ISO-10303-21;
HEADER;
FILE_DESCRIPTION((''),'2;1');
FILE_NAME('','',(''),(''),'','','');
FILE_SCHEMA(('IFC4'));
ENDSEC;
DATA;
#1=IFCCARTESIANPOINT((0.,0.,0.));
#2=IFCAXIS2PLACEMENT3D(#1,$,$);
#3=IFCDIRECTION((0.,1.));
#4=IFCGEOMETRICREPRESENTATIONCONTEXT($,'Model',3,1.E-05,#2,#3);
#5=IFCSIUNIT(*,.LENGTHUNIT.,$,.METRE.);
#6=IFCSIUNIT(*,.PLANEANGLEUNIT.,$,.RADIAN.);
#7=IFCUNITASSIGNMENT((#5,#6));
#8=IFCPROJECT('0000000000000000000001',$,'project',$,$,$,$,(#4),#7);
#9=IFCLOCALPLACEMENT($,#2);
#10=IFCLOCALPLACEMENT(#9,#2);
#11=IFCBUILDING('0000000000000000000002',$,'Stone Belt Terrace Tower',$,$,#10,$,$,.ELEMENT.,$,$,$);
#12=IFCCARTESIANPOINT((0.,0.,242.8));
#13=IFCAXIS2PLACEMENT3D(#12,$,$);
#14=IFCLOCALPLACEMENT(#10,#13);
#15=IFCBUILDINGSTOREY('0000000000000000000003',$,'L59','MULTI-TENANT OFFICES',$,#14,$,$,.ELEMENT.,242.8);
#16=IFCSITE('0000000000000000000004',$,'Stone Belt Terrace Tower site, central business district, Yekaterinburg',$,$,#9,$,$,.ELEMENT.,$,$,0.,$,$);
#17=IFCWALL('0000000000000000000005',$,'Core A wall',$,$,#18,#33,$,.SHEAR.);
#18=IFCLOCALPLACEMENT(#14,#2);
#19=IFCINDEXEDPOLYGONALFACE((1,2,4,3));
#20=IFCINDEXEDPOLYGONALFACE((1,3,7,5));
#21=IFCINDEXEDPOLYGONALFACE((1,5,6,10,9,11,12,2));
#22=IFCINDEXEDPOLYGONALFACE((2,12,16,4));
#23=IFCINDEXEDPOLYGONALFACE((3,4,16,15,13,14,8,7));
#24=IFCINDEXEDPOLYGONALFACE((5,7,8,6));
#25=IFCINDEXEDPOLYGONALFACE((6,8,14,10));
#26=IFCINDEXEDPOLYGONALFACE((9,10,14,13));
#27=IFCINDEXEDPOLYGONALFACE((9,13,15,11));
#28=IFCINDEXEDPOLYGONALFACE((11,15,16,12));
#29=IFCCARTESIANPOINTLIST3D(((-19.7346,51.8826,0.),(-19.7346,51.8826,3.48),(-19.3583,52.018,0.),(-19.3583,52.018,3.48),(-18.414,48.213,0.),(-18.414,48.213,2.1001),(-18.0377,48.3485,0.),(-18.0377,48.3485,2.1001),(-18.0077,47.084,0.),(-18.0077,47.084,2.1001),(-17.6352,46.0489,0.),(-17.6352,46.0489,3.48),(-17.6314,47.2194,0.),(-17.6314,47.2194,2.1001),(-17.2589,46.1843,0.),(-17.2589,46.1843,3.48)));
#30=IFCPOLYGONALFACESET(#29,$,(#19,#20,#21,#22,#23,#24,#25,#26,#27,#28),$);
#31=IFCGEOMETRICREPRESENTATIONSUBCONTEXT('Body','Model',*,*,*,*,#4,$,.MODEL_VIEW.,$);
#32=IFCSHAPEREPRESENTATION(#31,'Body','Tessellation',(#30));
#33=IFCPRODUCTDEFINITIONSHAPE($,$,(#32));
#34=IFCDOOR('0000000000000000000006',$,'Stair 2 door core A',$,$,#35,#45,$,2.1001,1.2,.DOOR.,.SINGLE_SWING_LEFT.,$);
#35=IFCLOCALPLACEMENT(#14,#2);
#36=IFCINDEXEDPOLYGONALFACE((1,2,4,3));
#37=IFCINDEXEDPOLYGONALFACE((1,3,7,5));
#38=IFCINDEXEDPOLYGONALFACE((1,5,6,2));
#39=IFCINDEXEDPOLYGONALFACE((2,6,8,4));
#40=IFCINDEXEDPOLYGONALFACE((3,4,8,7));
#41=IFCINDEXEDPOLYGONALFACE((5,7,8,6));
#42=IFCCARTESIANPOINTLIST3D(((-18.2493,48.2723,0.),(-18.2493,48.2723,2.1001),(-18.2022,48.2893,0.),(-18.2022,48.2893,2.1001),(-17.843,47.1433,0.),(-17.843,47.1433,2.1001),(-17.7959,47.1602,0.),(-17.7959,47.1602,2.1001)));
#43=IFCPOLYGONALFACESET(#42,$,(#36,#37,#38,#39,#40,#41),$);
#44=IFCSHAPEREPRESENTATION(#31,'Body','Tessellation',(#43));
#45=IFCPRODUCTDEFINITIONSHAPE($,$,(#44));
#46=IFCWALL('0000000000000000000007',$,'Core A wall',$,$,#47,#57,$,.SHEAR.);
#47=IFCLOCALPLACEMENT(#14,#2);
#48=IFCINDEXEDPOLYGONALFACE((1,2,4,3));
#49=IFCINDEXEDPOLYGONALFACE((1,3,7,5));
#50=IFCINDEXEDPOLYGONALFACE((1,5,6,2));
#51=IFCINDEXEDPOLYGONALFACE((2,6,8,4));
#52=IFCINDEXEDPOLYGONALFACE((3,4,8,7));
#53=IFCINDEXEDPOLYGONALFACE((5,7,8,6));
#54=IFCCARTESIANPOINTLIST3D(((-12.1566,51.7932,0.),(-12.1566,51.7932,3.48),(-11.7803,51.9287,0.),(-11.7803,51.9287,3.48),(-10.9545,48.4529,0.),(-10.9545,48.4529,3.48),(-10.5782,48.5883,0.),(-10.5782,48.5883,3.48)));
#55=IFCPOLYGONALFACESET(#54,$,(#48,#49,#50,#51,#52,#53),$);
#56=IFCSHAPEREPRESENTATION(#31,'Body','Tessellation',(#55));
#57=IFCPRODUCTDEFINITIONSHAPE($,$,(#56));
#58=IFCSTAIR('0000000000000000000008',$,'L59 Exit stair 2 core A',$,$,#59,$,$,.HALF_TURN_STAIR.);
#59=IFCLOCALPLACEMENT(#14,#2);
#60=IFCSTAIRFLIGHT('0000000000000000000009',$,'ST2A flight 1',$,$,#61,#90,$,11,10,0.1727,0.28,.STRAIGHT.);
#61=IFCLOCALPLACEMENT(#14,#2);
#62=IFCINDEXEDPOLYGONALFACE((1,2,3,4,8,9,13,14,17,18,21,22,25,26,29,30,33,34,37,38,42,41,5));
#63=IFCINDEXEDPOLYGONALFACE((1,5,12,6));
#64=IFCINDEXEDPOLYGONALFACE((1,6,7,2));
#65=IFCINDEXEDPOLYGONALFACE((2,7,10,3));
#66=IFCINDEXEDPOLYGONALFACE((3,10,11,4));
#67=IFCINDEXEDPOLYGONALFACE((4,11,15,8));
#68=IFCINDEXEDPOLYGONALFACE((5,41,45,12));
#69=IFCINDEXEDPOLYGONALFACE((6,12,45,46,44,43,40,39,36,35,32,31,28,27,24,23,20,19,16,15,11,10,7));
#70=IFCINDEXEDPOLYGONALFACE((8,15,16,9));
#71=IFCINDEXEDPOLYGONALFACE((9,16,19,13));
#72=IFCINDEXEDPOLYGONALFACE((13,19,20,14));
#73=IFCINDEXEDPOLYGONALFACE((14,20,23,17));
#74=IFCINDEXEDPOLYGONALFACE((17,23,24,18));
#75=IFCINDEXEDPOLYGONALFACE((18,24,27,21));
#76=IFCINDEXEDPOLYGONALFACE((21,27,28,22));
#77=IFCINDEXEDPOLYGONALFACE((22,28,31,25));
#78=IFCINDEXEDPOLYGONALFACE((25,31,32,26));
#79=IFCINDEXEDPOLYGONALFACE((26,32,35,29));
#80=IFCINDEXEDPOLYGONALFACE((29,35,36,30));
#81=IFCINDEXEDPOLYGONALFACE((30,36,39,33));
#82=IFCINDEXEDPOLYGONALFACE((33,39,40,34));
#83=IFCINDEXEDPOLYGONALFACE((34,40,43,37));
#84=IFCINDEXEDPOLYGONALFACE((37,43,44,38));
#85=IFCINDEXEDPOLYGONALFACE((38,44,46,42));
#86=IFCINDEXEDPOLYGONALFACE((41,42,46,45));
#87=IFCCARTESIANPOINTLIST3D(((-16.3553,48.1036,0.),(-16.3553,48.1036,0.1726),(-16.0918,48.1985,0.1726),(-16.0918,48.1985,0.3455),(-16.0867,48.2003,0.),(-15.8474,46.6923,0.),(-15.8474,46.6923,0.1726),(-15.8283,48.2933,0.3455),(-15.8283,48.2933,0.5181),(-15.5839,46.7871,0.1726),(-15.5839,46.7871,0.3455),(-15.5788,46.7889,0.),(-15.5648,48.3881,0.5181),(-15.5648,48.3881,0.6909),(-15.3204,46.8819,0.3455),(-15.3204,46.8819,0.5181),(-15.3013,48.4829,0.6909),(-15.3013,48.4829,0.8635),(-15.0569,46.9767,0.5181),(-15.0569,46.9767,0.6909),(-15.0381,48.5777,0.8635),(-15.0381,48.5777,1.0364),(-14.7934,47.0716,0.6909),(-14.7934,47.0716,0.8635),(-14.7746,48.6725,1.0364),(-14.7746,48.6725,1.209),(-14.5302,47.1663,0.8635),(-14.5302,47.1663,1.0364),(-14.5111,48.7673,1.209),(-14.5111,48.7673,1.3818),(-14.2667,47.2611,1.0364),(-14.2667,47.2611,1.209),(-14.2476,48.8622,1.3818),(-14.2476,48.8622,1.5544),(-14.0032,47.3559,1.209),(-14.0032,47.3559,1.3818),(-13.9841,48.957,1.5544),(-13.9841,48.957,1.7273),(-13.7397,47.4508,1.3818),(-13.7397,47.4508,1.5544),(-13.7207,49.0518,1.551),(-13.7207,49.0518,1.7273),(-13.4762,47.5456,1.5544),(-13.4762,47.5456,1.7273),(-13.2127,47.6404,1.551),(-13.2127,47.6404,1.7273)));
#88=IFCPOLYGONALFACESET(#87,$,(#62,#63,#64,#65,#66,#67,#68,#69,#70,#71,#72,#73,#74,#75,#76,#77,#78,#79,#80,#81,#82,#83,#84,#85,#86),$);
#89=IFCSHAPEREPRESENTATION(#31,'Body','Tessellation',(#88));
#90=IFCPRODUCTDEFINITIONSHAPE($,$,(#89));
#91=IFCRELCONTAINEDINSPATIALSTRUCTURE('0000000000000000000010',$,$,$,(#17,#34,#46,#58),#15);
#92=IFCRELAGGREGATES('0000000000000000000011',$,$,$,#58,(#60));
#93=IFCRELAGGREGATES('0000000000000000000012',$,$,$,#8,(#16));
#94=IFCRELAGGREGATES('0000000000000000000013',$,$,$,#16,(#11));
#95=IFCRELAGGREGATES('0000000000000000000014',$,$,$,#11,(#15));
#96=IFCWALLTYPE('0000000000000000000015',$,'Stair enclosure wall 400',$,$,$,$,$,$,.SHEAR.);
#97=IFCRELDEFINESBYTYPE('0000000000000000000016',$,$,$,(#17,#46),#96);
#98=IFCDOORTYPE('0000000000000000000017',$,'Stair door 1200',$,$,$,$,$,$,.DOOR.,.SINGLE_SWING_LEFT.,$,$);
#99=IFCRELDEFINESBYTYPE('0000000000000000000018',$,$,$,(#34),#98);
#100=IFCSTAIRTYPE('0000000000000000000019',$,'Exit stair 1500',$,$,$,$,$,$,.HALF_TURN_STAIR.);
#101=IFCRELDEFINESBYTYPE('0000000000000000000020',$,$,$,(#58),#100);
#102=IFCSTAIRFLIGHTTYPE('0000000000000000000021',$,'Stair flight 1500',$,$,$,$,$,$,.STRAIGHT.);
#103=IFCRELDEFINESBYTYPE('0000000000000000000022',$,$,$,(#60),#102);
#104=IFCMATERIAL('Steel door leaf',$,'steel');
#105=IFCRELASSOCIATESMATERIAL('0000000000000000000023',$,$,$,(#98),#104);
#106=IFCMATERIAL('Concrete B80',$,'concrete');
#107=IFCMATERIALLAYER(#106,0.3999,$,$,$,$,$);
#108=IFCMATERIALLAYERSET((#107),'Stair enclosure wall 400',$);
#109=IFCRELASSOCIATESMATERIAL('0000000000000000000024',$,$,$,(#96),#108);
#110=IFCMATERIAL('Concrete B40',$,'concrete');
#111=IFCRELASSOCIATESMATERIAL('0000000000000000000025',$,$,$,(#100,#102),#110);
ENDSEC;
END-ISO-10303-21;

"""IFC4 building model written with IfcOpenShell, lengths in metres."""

from ifc_helpers import new_model, si_unit, direction, frame, frame_2d, origin, place, context, subcontext, project, spatial, polyline, rectangle, outline, extrude, material, layer, layer_set, type_object, element, fill, aggregate, save


model = new_model("IFC4")

# Units and contexts
model_context = context("Model", 3, precision=1e-05, world=origin(), true_north=direction((0.0, 1.0)))
body_context = subcontext(model_context, "Body", "Model", "MODEL_VIEW")
ifc_project = project(units=[si_unit("LENGTHUNIT", "METRE"), si_unit("PLANEANGLEUNIT", "RADIAN")], contexts=[model_context])

# Site, building, storey
site_placement = place(None, origin())
site = spatial("IfcSite", under=ifc_project, at=site_placement, Name="Stone Belt Terrace Tower site, central business district, Yekaterinburg", CompositionType="ELEMENT", RefElevation=0.0)
building_placement = place(site_placement, origin())
building = spatial("IfcBuilding", under=site, at=building_placement, Name="Stone Belt Terrace Tower", CompositionType="ELEMENT")
storey_placement = place(building_placement, frame((0.0, 0.0, 242.8)))
storey = spatial("IfcBuildingStorey", under=building, at=storey_placement, Name="L59", Description="MULTI-TENANT OFFICES", CompositionType="ELEMENT", Elevation=242.8)

# Shared definitions
ifc_material_1 = material(Name="Concrete B80", Category="concrete")

# Wall, opening, door
ifc_material_2 = material(Name="Steel door leaf", Category="steel")
door_type_1 = type_object("IfcDoorType", Name="Stair door 1200", OperationType="SINGLE_SWING_LEFT", PredefinedType="DOOR", material=ifc_material_2)
ifc_layer_1 = layer(ifc_material_1, 0.3999)
ifc_layer_set_1 = layer_set([ifc_layer_1], Name="Stair enclosure wall 400")
wall_type_1 = type_object("IfcWallType", Name="Stair enclosure wall 400", PredefinedType="SHEAR", material=ifc_layer_set_1)
wall_1_placement = place(storey_placement, frame((-17.447, 46.1165, 0.0), z_axis=(0.0, 0.0, 1.0), x_axis=(-0.338608, 0.940928, 0.0)))
wall_1 = element("IfcWall", 1, at=wall_1_placement, inside=storey, type_object=wall_type_1, Name="Core A wall", PredefinedType="SHEAR", context=body_context, shape_type="SweptSolid", body=[
    extrude(rectangle(XDim=6.2, YDim=0.3999, at=frame_2d((3.1001, 0.0))), origin(), (0.0, 0.0, 1.0), 3.48),
])
opening_1_placement = place(wall_1_placement, frame((1.1001, 0.0, 0.0)))
opening_1 = element("IfcOpeningElement", 2, at=opening_1_placement, cuts=wall_1, PredefinedType="OPENING", context=body_context, shape_type="SweptSolid", body=[
    extrude(rectangle(XDim=1.2, YDim=2.1001, at=frame_2d((0.6001, 1.05))), frame((0.0, 0.21, 0.0), z_axis=(0.0, -1.0, 0.0), x_axis=(1.0, 0.0, 0.0)), (0.0, 0.0, 1.0), 0.4199),
])
door_1_placement = place(opening_1_placement, origin())
door_1 = element("IfcDoor", 3, at=door_1_placement, inside=storey, type_object=door_type_1, Name="Stair 2 door core A", OperationType="SINGLE_SWING_LEFT", OverallHeight=2.1001, OverallWidth=1.2, PredefinedType="DOOR", context=body_context, shape_type="SweptSolid", body=[
    extrude(rectangle(XDim=1.2, YDim=2.1001, at=frame_2d((0.6001, 1.05))), frame((0.0, 0.0249, 0.0), z_axis=(0.0, -1.0, 0.0), x_axis=(1.0, 0.0, 0.0)), (0.0, 0.0, 1.0), 0.05),
])
fill(opening_1, door_1)

# Wall
wall_2_placement = place(storey_placement, frame((-10.7664, 48.5208, 0.0), z_axis=(0.0, 0.0, 1.0), x_axis=(-0.338627, 0.940921, 0.0)))
element("IfcWall", 4, at=wall_2_placement, inside=storey, type_object=wall_type_1, Name="Core A wall", PredefinedType="SHEAR", context=body_context, shape_type="SweptSolid", body=[
    extrude(rectangle(XDim=3.55, YDim=0.3999, at=frame_2d((1.7749, 0.0))), origin(), (0.0, 0.0, 1.0), 3.48),
])

# Stair, stair flight
ifc_material_3 = material(Name="Concrete B40", Category="concrete")
stair_type = type_object("IfcStairType", Name="Exit stair 1500", PredefinedType="HALF_TURN_STAIR", material=ifc_material_3)
stair_placement = place(storey_placement, origin())
stair = element("IfcStair", 5, at=stair_placement, inside=storey, type_object=stair_type, Name="L59 Exit stair 2 core A", PredefinedType="HALF_TURN_STAIR")
stair_flight_type = type_object("IfcStairFlightType", Name="Stair flight 1500", PredefinedType="STRAIGHT", material=ifc_material_3)
stair_flight_placement = place(storey_placement, frame((-16.1013, 47.3979, 0.0), z_axis=(0.0, 0.0, 1.0), x_axis=(0.940922, 0.338624, 0.0)))
stair_flight = element("IfcStairFlight", 6, at=stair_flight_placement, type_object=stair_flight_type, Name="ST2A flight 1", NumberOfRisers=11, NumberOfTreads=10, PredefinedType="STRAIGHT", RiserHeight=0.1727, TreadLength=0.28, context=body_context, shape_type="SweptSolid", body=[
    extrude(outline(polyline([(0.0, 0.0), (0.0, 0.1726), (0.28, 0.1726), (0.28, 0.3455), (0.5601, 0.3455), (0.5601, 0.5181), (0.8401, 0.5181), (0.8401, 0.6909), (1.1201, 0.6909), (1.1201, 0.8635), (1.3999, 0.8635), (1.3999, 1.0364), (1.6799, 1.0364), (1.6799, 1.209), (1.96, 1.209), (1.96, 1.3818), (2.24, 1.3818), (2.24, 1.5544), (2.52, 1.5544), (2.52, 1.7273), (2.8, 1.7273), (2.8, 1.8999), (2.8, 1.551), (0.2854, 0.0), (0.0, 0.0)])), frame((0.0, 0.75, 0.0), z_axis=(0.0, -1.0, 0.0), x_axis=(1.0, 0.0, 0.0)), (0.0, 0.0, 1.0), 1.5),
])
aggregate(stair, [stair_flight])

save(model, "model.ifc")
